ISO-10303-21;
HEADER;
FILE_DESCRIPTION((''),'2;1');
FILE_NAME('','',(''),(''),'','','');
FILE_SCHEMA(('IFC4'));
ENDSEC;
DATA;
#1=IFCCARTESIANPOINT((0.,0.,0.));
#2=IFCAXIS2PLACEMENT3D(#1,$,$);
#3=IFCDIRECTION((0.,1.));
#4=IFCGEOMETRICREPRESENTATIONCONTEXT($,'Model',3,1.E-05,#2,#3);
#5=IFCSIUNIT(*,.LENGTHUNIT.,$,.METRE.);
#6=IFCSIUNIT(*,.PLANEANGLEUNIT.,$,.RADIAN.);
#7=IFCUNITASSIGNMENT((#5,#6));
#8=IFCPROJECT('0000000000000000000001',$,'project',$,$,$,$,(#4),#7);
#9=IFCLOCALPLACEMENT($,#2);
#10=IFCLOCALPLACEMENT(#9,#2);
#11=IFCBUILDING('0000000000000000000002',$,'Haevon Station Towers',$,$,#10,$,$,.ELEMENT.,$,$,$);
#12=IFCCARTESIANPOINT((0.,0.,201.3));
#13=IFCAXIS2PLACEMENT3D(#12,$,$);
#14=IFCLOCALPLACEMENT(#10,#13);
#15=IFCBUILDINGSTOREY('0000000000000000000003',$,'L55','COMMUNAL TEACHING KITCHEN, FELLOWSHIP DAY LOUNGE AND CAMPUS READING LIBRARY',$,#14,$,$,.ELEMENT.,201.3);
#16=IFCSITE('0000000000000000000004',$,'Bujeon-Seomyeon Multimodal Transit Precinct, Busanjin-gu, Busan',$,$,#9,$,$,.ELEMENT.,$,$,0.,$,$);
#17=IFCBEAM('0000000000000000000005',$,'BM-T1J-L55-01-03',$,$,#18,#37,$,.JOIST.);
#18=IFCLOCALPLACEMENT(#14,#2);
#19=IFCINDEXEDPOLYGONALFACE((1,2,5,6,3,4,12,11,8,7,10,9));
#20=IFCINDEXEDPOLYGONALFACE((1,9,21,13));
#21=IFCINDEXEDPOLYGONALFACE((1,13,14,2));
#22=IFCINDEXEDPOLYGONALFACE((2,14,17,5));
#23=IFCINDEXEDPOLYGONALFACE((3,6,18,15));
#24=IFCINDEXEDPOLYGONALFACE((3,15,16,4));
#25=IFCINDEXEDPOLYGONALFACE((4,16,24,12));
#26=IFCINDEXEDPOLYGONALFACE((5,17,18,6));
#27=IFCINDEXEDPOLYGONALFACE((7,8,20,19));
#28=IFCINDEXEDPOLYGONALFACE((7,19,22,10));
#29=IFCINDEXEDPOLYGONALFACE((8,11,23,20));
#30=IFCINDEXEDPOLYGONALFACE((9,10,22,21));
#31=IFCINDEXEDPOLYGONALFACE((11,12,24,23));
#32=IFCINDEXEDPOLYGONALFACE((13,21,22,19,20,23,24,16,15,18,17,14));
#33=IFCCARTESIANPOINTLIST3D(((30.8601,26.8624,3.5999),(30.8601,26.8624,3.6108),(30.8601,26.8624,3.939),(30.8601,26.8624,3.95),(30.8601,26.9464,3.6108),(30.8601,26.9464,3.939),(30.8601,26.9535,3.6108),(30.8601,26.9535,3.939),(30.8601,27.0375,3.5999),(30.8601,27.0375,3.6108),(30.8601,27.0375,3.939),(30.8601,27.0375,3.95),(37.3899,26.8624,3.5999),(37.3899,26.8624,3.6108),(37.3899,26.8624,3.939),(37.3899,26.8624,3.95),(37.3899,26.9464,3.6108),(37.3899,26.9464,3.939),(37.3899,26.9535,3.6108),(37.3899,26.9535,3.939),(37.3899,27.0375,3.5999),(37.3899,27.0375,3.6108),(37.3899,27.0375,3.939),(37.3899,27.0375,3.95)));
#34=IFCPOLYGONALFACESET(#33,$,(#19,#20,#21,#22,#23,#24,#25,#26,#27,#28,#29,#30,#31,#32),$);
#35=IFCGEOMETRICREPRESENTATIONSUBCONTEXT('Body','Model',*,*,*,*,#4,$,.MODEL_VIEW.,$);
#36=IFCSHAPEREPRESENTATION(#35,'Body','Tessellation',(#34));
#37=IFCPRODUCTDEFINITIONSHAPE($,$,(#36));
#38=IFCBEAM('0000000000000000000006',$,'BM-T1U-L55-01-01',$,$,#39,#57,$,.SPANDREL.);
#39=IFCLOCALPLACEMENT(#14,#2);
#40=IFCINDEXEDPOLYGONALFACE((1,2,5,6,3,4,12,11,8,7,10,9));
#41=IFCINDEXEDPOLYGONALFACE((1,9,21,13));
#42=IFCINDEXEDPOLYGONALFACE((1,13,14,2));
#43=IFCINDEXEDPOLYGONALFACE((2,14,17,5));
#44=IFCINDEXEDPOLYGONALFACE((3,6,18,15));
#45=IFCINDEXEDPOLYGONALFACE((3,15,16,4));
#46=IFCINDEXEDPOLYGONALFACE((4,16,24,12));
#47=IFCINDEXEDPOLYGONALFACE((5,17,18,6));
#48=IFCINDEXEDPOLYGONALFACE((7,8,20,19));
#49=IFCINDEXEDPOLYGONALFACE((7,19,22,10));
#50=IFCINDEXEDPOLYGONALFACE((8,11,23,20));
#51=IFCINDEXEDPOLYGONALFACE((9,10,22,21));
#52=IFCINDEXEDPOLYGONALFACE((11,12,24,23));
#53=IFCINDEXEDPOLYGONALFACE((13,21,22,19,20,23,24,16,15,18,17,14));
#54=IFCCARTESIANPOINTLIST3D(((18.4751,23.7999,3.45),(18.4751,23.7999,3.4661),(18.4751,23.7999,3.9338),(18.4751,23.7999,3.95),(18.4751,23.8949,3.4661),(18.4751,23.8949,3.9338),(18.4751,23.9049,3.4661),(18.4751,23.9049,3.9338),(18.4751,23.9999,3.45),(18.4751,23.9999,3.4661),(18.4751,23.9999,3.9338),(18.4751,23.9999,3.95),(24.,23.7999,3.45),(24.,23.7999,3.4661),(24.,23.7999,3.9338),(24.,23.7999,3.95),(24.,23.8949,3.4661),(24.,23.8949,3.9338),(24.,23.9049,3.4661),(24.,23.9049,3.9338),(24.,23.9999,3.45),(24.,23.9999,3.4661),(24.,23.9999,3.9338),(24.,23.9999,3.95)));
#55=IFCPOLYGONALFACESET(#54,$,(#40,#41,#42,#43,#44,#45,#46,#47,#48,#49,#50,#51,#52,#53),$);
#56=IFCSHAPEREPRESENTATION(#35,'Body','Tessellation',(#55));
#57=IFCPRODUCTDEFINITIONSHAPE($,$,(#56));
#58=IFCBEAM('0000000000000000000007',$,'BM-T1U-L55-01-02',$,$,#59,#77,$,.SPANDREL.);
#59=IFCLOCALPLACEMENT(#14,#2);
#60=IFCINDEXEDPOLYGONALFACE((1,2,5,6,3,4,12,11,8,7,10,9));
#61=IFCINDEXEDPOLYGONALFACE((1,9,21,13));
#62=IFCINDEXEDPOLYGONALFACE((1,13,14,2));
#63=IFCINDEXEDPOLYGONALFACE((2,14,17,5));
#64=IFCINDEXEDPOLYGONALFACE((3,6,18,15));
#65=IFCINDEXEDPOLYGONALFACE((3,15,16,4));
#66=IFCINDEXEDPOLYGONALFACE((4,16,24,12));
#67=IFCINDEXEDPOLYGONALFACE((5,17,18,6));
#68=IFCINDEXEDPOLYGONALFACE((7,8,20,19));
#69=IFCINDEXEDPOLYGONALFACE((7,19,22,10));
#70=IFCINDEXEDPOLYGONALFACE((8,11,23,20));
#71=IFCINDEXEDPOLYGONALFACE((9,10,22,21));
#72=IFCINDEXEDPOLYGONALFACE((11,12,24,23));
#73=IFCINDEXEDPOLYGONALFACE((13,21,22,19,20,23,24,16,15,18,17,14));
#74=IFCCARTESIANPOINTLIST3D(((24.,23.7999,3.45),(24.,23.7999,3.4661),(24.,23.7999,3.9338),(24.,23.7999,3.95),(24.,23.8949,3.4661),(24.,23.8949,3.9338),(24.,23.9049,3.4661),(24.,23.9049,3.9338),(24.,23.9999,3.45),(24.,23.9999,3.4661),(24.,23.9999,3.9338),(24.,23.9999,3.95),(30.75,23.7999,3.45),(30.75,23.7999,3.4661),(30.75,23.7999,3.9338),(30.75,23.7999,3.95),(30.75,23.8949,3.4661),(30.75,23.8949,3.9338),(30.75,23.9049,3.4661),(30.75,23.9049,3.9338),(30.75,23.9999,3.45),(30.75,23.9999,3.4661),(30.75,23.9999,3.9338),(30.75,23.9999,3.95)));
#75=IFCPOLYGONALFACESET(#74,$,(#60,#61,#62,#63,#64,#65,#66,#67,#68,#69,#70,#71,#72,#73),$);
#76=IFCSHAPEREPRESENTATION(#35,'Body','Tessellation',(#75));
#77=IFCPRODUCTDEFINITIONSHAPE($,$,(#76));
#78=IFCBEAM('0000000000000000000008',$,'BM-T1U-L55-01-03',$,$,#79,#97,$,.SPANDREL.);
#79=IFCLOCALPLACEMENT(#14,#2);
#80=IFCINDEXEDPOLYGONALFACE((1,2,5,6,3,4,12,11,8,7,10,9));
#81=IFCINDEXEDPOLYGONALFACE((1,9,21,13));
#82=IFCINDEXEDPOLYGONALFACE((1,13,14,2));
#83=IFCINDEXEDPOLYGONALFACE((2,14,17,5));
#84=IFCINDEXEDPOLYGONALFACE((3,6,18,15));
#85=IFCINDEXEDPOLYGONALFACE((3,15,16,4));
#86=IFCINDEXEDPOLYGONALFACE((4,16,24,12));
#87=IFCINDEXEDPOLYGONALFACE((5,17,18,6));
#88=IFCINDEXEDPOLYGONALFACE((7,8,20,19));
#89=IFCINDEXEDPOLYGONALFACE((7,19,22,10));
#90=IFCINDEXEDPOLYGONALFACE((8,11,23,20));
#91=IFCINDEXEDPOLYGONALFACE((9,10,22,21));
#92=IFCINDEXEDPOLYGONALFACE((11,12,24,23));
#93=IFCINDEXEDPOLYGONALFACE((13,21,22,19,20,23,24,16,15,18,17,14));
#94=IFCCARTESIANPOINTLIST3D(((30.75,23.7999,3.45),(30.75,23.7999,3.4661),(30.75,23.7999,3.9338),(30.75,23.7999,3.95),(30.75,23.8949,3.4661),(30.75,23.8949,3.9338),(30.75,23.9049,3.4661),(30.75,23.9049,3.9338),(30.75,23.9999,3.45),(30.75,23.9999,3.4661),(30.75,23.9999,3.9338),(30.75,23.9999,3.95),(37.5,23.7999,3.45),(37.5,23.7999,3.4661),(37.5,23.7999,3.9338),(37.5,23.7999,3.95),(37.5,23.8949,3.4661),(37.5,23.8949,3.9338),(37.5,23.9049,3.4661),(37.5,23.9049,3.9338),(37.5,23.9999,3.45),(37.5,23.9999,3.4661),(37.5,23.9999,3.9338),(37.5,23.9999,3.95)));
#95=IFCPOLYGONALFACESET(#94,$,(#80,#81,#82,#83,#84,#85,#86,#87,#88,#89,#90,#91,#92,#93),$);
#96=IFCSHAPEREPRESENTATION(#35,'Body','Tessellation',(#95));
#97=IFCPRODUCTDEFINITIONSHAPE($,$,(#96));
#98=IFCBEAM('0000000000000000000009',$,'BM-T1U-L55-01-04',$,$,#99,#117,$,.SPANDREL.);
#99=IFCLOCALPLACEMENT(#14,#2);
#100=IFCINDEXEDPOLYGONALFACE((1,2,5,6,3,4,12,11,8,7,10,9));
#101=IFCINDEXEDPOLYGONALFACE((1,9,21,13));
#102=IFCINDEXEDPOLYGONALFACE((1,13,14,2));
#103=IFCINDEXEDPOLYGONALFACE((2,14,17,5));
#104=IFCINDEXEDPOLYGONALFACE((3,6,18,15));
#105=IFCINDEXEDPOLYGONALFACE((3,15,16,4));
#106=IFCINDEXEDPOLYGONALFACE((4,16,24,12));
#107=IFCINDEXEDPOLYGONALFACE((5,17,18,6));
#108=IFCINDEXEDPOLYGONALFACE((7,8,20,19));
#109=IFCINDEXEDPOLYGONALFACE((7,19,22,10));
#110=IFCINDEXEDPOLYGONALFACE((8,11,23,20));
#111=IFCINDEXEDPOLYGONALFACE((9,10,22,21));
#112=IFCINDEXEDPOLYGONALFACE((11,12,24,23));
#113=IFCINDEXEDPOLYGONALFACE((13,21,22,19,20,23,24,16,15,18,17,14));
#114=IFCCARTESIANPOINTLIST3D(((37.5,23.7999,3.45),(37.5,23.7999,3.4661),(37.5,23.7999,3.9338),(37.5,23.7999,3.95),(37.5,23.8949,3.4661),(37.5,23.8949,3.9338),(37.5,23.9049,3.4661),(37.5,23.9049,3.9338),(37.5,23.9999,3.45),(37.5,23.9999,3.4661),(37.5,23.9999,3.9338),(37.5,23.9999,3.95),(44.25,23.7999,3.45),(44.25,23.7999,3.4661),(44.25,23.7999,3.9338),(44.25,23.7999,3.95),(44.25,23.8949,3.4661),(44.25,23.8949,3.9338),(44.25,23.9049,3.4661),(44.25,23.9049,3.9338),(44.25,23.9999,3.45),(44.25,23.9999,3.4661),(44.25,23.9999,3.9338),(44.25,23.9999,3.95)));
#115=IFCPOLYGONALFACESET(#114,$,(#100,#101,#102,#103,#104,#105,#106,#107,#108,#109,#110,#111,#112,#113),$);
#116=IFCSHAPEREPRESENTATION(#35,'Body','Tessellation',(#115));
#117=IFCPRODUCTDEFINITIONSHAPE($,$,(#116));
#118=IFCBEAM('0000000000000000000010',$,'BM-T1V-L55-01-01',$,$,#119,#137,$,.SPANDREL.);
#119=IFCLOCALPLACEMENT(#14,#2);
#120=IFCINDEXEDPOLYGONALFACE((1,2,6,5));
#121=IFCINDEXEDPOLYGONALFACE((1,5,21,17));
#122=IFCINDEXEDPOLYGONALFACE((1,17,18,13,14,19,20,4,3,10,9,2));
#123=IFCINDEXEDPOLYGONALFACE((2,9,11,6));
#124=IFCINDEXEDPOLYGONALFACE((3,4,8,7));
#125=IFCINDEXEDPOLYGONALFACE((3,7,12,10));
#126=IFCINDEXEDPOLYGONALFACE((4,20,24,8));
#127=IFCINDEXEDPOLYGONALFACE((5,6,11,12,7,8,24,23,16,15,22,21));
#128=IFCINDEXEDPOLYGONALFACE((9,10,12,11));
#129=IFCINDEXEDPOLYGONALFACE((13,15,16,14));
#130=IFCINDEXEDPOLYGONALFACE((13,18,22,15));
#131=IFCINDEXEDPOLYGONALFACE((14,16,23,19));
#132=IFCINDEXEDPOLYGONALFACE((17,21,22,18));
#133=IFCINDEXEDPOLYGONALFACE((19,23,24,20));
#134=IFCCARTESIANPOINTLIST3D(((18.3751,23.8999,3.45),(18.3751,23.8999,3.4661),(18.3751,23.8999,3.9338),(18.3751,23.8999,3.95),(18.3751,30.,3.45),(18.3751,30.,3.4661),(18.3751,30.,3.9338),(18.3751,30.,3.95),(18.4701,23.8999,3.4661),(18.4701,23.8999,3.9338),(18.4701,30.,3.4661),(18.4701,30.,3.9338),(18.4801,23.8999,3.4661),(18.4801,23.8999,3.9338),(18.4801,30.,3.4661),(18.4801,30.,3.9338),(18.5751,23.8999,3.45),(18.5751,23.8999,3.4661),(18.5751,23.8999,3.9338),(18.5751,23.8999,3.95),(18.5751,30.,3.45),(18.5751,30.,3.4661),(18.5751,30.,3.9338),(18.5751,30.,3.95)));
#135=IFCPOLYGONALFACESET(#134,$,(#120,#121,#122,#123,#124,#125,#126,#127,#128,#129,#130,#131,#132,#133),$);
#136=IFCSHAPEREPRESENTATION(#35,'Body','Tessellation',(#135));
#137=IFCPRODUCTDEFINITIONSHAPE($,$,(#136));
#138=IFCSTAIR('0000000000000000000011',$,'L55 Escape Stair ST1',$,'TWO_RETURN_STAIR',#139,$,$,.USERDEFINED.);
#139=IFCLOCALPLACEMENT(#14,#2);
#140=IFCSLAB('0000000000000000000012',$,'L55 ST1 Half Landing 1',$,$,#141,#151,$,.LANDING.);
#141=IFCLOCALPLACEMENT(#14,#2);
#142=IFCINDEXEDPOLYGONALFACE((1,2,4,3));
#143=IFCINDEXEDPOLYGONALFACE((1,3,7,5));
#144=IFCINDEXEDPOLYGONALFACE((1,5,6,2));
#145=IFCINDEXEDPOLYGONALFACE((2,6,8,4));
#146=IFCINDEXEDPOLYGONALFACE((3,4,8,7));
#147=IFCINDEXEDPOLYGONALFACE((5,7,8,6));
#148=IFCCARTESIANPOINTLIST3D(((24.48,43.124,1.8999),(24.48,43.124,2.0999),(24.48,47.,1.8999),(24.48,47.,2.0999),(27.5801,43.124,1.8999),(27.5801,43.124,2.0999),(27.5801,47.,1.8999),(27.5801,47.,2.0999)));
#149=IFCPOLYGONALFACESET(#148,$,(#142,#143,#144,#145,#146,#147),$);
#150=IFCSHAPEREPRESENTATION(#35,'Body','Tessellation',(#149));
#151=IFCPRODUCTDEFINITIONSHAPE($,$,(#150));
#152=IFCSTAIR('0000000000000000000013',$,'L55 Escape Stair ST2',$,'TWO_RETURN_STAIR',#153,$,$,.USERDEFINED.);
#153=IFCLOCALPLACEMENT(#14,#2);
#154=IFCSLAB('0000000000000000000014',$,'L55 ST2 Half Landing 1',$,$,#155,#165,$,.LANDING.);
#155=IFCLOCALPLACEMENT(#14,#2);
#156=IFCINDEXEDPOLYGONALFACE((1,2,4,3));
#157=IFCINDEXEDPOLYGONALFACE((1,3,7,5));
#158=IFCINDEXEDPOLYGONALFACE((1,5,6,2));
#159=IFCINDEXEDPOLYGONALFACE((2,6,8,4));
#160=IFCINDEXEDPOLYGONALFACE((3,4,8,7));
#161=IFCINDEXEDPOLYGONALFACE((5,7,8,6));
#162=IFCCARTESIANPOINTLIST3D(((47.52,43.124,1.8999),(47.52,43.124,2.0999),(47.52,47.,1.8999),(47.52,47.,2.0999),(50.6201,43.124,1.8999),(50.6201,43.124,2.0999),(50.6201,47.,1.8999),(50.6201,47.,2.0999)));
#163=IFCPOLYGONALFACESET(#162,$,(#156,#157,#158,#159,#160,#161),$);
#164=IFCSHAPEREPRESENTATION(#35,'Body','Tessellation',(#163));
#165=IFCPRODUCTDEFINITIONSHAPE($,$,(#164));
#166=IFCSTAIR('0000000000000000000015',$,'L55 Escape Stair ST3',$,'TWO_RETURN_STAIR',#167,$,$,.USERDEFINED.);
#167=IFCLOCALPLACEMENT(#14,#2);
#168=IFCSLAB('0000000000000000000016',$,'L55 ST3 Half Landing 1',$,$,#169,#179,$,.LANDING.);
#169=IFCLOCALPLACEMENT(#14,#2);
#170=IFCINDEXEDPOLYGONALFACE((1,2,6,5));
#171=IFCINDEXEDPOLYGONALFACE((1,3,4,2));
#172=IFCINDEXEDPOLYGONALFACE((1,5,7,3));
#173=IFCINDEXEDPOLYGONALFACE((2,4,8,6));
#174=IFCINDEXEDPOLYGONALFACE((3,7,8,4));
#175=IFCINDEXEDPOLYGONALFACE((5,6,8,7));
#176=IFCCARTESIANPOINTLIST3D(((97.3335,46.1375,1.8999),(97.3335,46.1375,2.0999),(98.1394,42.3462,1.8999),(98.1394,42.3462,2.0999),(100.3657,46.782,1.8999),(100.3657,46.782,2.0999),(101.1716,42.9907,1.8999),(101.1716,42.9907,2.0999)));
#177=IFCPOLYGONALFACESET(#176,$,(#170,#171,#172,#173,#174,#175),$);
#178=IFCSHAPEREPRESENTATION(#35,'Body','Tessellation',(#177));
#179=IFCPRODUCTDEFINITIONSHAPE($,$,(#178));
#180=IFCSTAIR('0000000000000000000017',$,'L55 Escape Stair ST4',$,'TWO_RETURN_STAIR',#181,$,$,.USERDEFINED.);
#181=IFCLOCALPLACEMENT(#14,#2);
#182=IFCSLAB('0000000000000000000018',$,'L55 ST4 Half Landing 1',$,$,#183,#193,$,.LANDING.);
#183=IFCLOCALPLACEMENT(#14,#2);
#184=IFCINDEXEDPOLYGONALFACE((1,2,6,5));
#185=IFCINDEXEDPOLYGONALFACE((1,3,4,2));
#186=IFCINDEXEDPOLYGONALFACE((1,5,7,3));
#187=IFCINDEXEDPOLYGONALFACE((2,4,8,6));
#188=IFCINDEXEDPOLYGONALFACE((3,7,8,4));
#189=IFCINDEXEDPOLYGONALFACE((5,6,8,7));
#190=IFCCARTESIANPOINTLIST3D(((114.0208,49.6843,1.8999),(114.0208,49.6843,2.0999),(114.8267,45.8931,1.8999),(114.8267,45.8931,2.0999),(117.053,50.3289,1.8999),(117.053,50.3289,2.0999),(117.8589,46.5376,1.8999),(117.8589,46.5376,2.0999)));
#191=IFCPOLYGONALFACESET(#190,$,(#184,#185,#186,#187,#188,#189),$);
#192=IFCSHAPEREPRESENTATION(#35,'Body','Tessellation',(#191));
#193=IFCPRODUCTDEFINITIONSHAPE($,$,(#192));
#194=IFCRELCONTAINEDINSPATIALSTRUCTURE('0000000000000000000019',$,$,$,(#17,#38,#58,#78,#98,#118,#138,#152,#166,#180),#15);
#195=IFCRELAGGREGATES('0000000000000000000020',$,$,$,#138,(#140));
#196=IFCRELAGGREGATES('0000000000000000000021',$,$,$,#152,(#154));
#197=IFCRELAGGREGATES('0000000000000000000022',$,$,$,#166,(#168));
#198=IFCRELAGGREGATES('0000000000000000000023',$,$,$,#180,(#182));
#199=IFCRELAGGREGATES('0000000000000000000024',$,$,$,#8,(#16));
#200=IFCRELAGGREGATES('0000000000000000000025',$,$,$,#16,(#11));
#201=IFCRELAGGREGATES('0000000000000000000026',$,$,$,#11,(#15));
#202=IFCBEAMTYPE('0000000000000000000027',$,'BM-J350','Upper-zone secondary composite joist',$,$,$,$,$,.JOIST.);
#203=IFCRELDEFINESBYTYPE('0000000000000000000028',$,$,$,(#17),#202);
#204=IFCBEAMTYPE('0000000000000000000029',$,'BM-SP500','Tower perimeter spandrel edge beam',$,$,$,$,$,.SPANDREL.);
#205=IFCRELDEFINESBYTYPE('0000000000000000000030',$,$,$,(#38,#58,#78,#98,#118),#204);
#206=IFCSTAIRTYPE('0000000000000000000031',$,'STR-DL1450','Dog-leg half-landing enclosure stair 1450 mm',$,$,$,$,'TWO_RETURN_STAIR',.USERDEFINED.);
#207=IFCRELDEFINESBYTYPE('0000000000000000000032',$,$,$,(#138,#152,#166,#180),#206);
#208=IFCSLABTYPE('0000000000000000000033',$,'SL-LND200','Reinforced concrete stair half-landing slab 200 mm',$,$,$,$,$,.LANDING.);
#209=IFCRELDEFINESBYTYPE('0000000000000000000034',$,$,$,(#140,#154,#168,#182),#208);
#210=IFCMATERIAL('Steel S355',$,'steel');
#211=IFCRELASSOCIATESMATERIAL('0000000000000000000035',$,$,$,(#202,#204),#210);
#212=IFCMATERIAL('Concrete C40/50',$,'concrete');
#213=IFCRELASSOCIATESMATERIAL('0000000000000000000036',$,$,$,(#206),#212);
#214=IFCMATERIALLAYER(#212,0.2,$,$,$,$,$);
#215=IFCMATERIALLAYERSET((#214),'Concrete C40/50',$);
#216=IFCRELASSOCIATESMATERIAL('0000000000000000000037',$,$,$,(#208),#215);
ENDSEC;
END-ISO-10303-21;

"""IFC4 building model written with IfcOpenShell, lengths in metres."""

from ifc_helpers import new_model, si_unit, direction, frame, origin, origin_2d, place, context, subcontext, project, spatial, polyline, i_section, outline, extrude, material, layer, layer_set, material_profile, profile_set, type_object, element, aggregate, save


model = new_model("IFC4")

# Units and contexts
model_context = context("Model", 3, precision=1e-05, world=origin(), true_north=direction((0.0, 1.0)))
body_context = subcontext(model_context, "Body", "Model", "MODEL_VIEW")
ifc_project = project(units=[si_unit("LENGTHUNIT", "METRE"), si_unit("PLANEANGLEUNIT", "RADIAN")], contexts=[model_context])

# Site, building, storey
site_placement = place(None, origin())
site = spatial("IfcSite", under=ifc_project, at=site_placement, Name="Bujeon-Seomyeon Multimodal Transit Precinct, Busanjin-gu, Busan", CompositionType="ELEMENT", RefElevation=0.0)
building_placement = place(site_placement, origin())
building = spatial("IfcBuilding", under=site, at=building_placement, Name="Haevon Station Towers", CompositionType="ELEMENT")
storey_placement = place(building_placement, frame((0.0, 0.0, 201.3)))
storey = spatial("IfcBuildingStorey", under=building, at=storey_placement, Name="L55", Description="COMMUNAL TEACHING KITCHEN, FELLOWSHIP DAY LOUNGE AND CAMPUS READING LIBRARY", CompositionType="ELEMENT", Elevation=201.3)

# Shared definitions
ifc_material_1 = material(Name="Steel S355", Category="steel")

# Beams
ifc_material_profile_1 = material_profile(ifc_material_1, i_section(OverallWidth=0.175, OverallDepth=0.3501, WebThickness=0.0071, FlangeThickness=0.011, at=origin_2d()), Name="H-350x175x7x11")
ifc_profile_set_1 = profile_set([ifc_material_profile_1], Name="Steel S355")
beam_type_1 = type_object("IfcBeamType", Name="BM-J350", Description="Upper-zone secondary composite joist", PredefinedType="JOIST", material=ifc_profile_set_1)
for number, where, z_axis, x_axis, name in (
    (1, (30.8601, 26.95, 3.7749), (1.0, 0.0, 0.0), (0.0, 1.0, 0.0), "BM-T1J-L55-01-03"),
):
    element("IfcBeam", number, at=place(storey_placement, frame(where, z_axis=z_axis, x_axis=x_axis)), inside=storey, type_object=beam_type_1, Name=name, PredefinedType="JOIST", context=body_context, shape_type="SweptSolid", body=[
        extrude(i_section(OverallWidth=0.175, OverallDepth=0.3501, WebThickness=0.0071, FlangeThickness=0.011, at=origin_2d()), origin(), (0.0, 0.0, 1.0), 6.5298),
    ])
ifc_material_profile_2 = material_profile(ifc_material_1, i_section(OverallWidth=0.2, OverallDepth=0.5, WebThickness=0.01, FlangeThickness=0.0161, at=origin_2d()), Name="H-500x200x10x16")
ifc_profile_set_2 = profile_set([ifc_material_profile_2], Name="Steel S355")
beam_type_2 = type_object("IfcBeamType", Name="BM-SP500", Description="Tower perimeter spandrel edge beam", PredefinedType="SPANDREL", material=ifc_profile_set_2)
beam_1_placement = place(storey_placement, frame((18.4751, 23.8999, 3.7), z_axis=(1.0, 0.0, 0.0), x_axis=(0.0, 1.0, 0.0)))
element("IfcBeam", 2, at=beam_1_placement, inside=storey, type_object=beam_type_2, Name="BM-T1U-L55-01-01", PredefinedType="SPANDREL", context=body_context, shape_type="SweptSolid", body=[
    extrude(i_section(OverallWidth=0.2, OverallDepth=0.5, WebThickness=0.01, FlangeThickness=0.0161, at=origin_2d()), origin(), (0.0, 0.0, 1.0), 5.5249),
])
for number, where, z_axis, x_axis, name in (
    (3, (24.0, 23.8999, 3.7), (1.0, 0.0, 0.0), (0.0, 1.0, 0.0), "BM-T1U-L55-01-02"),
    (4, (30.75, 23.8999, 3.7), (1.0, 0.0, 0.0), (0.0, 1.0, 0.0), "BM-T1U-L55-01-03"),
    (5, (37.5, 23.8999, 3.7), (1.0, 0.0, 0.0), (0.0, 1.0, 0.0), "BM-T1U-L55-01-04"),
):
    element("IfcBeam", number, at=place(storey_placement, frame(where, z_axis=z_axis, x_axis=x_axis)), inside=storey, type_object=beam_type_2, Name=name, PredefinedType="SPANDREL", context=body_context, shape_type="SweptSolid", body=[
        extrude(i_section(OverallWidth=0.2, OverallDepth=0.5, WebThickness=0.01, FlangeThickness=0.0161, at=origin_2d()), origin(), (0.0, 0.0, 1.0), 6.75),
    ])
beam_2_placement = place(storey_placement, frame((18.4751, 23.8999, 3.7), z_axis=(0.0, 1.0, 0.0), x_axis=(-1.0, 0.0, 0.0)))
element("IfcBeam", 6, at=beam_2_placement, inside=storey, type_object=beam_type_2, Name="BM-T1V-L55-01-01", PredefinedType="SPANDREL", context=body_context, shape_type="SweptSolid", body=[
    extrude(i_section(OverallWidth=0.2, OverallDepth=0.5, WebThickness=0.01, FlangeThickness=0.0161, at=origin_2d()), origin(), (0.0, 0.0, 1.0), 6.1001),
])

# Stairs, slabs
ifc_material_2 = material(Name="Concrete C40/50", Category="concrete")
stair_type = type_object("IfcStairType", Name="STR-DL1450", Description="Dog-leg half-landing enclosure stair 1450 mm", ElementType="TWO_RETURN_STAIR", PredefinedType="USERDEFINED", material=ifc_material_2)
stair_1_placement = place(storey_placement, origin())
stair_1 = element("IfcStair", 7, at=stair_1_placement, inside=storey, type_object=stair_type, Name="L55 Escape Stair ST1", ObjectType="TWO_RETURN_STAIR", PredefinedType="USERDEFINED")
ifc_layer_1 = layer(ifc_material_2, 0.2)
ifc_layer_set_1 = layer_set([ifc_layer_1], Name="Concrete C40/50")
slab_type_1 = type_object("IfcSlabType", Name="SL-LND200", Description="Reinforced concrete stair half-landing slab 200 mm", PredefinedType="LANDING", material=ifc_layer_set_1)
slab_1_placement = place(storey_placement, frame((0.0, 0.0, 1.8999)))
slab_1 = element("IfcSlab", 8, at=slab_1_placement, type_object=slab_type_1, Name="L55 ST1 Half Landing 1", PredefinedType="LANDING", context=body_context, shape_type="SweptSolid", body=[
    extrude(outline(polyline([(27.5801, 43.124), (27.5801, 47.0), (24.48, 47.0), (24.48, 43.124), (27.5801, 43.124)])), origin(), (0.0, 0.0, 1.0), 0.2),
])
aggregate(stair_1, [slab_1])
stair_2_placement = place(storey_placement, origin())
stair_2 = element("IfcStair", 9, at=stair_2_placement, inside=storey, type_object=stair_type, Name="L55 Escape Stair ST2", ObjectType="TWO_RETURN_STAIR", PredefinedType="USERDEFINED")
slab_2_placement = place(storey_placement, frame((0.0, 0.0, 1.8999)))
slab_2 = element("IfcSlab", 10, at=slab_2_placement, type_object=slab_type_1, Name="L55 ST2 Half Landing 1", PredefinedType="LANDING", context=body_context, shape_type="SweptSolid", body=[
    extrude(outline(polyline([(50.6201, 43.124), (50.6201, 47.0), (47.52, 47.0), (47.52, 43.124), (50.6201, 43.124)])), origin(), (0.0, 0.0, 1.0), 0.2),
])
aggregate(stair_2, [slab_2])
stair_3_placement = place(storey_placement, origin())
stair_3 = element("IfcStair", 11, at=stair_3_placement, inside=storey, type_object=stair_type, Name="L55 Escape Stair ST3", ObjectType="TWO_RETURN_STAIR", PredefinedType="USERDEFINED")
slab_3_placement = place(storey_placement, frame((0.0, 0.0, 1.8999)))
slab_3 = element("IfcSlab", 12, at=slab_3_placement, type_object=slab_type_1, Name="L55 ST3 Half Landing 1", PredefinedType="LANDING", context=body_context, shape_type="SweptSolid", body=[
    extrude(outline(polyline([(101.1716, 42.9907), (100.3657, 46.782), (97.3335, 46.1375), (98.1394, 42.3462), (101.1716, 42.9907)])), origin(), (0.0, 0.0, 1.0), 0.2),
])
aggregate(stair_3, [slab_3])
stair_4_placement = place(storey_placement, origin())
stair_4 = element("IfcStair", 13, at=stair_4_placement, inside=storey, type_object=stair_type, Name="L55 Escape Stair ST4", ObjectType="TWO_RETURN_STAIR", PredefinedType="USERDEFINED")
slab_4_placement = place(storey_placement, frame((0.0, 0.0, 1.8999)))
slab_4 = element("IfcSlab", 14, at=slab_4_placement, type_object=slab_type_1, Name="L55 ST4 Half Landing 1", PredefinedType="LANDING", context=body_context, shape_type="SweptSolid", body=[
    extrude(outline(polyline([(117.8589, 46.5376), (117.053, 50.3289), (114.0208, 49.6843), (114.8267, 45.8931), (117.8589, 46.5376)])), origin(), (0.0, 0.0, 1.0), 0.2),
])
aggregate(stair_4, [slab_4])

save(model, "model.ifc")
